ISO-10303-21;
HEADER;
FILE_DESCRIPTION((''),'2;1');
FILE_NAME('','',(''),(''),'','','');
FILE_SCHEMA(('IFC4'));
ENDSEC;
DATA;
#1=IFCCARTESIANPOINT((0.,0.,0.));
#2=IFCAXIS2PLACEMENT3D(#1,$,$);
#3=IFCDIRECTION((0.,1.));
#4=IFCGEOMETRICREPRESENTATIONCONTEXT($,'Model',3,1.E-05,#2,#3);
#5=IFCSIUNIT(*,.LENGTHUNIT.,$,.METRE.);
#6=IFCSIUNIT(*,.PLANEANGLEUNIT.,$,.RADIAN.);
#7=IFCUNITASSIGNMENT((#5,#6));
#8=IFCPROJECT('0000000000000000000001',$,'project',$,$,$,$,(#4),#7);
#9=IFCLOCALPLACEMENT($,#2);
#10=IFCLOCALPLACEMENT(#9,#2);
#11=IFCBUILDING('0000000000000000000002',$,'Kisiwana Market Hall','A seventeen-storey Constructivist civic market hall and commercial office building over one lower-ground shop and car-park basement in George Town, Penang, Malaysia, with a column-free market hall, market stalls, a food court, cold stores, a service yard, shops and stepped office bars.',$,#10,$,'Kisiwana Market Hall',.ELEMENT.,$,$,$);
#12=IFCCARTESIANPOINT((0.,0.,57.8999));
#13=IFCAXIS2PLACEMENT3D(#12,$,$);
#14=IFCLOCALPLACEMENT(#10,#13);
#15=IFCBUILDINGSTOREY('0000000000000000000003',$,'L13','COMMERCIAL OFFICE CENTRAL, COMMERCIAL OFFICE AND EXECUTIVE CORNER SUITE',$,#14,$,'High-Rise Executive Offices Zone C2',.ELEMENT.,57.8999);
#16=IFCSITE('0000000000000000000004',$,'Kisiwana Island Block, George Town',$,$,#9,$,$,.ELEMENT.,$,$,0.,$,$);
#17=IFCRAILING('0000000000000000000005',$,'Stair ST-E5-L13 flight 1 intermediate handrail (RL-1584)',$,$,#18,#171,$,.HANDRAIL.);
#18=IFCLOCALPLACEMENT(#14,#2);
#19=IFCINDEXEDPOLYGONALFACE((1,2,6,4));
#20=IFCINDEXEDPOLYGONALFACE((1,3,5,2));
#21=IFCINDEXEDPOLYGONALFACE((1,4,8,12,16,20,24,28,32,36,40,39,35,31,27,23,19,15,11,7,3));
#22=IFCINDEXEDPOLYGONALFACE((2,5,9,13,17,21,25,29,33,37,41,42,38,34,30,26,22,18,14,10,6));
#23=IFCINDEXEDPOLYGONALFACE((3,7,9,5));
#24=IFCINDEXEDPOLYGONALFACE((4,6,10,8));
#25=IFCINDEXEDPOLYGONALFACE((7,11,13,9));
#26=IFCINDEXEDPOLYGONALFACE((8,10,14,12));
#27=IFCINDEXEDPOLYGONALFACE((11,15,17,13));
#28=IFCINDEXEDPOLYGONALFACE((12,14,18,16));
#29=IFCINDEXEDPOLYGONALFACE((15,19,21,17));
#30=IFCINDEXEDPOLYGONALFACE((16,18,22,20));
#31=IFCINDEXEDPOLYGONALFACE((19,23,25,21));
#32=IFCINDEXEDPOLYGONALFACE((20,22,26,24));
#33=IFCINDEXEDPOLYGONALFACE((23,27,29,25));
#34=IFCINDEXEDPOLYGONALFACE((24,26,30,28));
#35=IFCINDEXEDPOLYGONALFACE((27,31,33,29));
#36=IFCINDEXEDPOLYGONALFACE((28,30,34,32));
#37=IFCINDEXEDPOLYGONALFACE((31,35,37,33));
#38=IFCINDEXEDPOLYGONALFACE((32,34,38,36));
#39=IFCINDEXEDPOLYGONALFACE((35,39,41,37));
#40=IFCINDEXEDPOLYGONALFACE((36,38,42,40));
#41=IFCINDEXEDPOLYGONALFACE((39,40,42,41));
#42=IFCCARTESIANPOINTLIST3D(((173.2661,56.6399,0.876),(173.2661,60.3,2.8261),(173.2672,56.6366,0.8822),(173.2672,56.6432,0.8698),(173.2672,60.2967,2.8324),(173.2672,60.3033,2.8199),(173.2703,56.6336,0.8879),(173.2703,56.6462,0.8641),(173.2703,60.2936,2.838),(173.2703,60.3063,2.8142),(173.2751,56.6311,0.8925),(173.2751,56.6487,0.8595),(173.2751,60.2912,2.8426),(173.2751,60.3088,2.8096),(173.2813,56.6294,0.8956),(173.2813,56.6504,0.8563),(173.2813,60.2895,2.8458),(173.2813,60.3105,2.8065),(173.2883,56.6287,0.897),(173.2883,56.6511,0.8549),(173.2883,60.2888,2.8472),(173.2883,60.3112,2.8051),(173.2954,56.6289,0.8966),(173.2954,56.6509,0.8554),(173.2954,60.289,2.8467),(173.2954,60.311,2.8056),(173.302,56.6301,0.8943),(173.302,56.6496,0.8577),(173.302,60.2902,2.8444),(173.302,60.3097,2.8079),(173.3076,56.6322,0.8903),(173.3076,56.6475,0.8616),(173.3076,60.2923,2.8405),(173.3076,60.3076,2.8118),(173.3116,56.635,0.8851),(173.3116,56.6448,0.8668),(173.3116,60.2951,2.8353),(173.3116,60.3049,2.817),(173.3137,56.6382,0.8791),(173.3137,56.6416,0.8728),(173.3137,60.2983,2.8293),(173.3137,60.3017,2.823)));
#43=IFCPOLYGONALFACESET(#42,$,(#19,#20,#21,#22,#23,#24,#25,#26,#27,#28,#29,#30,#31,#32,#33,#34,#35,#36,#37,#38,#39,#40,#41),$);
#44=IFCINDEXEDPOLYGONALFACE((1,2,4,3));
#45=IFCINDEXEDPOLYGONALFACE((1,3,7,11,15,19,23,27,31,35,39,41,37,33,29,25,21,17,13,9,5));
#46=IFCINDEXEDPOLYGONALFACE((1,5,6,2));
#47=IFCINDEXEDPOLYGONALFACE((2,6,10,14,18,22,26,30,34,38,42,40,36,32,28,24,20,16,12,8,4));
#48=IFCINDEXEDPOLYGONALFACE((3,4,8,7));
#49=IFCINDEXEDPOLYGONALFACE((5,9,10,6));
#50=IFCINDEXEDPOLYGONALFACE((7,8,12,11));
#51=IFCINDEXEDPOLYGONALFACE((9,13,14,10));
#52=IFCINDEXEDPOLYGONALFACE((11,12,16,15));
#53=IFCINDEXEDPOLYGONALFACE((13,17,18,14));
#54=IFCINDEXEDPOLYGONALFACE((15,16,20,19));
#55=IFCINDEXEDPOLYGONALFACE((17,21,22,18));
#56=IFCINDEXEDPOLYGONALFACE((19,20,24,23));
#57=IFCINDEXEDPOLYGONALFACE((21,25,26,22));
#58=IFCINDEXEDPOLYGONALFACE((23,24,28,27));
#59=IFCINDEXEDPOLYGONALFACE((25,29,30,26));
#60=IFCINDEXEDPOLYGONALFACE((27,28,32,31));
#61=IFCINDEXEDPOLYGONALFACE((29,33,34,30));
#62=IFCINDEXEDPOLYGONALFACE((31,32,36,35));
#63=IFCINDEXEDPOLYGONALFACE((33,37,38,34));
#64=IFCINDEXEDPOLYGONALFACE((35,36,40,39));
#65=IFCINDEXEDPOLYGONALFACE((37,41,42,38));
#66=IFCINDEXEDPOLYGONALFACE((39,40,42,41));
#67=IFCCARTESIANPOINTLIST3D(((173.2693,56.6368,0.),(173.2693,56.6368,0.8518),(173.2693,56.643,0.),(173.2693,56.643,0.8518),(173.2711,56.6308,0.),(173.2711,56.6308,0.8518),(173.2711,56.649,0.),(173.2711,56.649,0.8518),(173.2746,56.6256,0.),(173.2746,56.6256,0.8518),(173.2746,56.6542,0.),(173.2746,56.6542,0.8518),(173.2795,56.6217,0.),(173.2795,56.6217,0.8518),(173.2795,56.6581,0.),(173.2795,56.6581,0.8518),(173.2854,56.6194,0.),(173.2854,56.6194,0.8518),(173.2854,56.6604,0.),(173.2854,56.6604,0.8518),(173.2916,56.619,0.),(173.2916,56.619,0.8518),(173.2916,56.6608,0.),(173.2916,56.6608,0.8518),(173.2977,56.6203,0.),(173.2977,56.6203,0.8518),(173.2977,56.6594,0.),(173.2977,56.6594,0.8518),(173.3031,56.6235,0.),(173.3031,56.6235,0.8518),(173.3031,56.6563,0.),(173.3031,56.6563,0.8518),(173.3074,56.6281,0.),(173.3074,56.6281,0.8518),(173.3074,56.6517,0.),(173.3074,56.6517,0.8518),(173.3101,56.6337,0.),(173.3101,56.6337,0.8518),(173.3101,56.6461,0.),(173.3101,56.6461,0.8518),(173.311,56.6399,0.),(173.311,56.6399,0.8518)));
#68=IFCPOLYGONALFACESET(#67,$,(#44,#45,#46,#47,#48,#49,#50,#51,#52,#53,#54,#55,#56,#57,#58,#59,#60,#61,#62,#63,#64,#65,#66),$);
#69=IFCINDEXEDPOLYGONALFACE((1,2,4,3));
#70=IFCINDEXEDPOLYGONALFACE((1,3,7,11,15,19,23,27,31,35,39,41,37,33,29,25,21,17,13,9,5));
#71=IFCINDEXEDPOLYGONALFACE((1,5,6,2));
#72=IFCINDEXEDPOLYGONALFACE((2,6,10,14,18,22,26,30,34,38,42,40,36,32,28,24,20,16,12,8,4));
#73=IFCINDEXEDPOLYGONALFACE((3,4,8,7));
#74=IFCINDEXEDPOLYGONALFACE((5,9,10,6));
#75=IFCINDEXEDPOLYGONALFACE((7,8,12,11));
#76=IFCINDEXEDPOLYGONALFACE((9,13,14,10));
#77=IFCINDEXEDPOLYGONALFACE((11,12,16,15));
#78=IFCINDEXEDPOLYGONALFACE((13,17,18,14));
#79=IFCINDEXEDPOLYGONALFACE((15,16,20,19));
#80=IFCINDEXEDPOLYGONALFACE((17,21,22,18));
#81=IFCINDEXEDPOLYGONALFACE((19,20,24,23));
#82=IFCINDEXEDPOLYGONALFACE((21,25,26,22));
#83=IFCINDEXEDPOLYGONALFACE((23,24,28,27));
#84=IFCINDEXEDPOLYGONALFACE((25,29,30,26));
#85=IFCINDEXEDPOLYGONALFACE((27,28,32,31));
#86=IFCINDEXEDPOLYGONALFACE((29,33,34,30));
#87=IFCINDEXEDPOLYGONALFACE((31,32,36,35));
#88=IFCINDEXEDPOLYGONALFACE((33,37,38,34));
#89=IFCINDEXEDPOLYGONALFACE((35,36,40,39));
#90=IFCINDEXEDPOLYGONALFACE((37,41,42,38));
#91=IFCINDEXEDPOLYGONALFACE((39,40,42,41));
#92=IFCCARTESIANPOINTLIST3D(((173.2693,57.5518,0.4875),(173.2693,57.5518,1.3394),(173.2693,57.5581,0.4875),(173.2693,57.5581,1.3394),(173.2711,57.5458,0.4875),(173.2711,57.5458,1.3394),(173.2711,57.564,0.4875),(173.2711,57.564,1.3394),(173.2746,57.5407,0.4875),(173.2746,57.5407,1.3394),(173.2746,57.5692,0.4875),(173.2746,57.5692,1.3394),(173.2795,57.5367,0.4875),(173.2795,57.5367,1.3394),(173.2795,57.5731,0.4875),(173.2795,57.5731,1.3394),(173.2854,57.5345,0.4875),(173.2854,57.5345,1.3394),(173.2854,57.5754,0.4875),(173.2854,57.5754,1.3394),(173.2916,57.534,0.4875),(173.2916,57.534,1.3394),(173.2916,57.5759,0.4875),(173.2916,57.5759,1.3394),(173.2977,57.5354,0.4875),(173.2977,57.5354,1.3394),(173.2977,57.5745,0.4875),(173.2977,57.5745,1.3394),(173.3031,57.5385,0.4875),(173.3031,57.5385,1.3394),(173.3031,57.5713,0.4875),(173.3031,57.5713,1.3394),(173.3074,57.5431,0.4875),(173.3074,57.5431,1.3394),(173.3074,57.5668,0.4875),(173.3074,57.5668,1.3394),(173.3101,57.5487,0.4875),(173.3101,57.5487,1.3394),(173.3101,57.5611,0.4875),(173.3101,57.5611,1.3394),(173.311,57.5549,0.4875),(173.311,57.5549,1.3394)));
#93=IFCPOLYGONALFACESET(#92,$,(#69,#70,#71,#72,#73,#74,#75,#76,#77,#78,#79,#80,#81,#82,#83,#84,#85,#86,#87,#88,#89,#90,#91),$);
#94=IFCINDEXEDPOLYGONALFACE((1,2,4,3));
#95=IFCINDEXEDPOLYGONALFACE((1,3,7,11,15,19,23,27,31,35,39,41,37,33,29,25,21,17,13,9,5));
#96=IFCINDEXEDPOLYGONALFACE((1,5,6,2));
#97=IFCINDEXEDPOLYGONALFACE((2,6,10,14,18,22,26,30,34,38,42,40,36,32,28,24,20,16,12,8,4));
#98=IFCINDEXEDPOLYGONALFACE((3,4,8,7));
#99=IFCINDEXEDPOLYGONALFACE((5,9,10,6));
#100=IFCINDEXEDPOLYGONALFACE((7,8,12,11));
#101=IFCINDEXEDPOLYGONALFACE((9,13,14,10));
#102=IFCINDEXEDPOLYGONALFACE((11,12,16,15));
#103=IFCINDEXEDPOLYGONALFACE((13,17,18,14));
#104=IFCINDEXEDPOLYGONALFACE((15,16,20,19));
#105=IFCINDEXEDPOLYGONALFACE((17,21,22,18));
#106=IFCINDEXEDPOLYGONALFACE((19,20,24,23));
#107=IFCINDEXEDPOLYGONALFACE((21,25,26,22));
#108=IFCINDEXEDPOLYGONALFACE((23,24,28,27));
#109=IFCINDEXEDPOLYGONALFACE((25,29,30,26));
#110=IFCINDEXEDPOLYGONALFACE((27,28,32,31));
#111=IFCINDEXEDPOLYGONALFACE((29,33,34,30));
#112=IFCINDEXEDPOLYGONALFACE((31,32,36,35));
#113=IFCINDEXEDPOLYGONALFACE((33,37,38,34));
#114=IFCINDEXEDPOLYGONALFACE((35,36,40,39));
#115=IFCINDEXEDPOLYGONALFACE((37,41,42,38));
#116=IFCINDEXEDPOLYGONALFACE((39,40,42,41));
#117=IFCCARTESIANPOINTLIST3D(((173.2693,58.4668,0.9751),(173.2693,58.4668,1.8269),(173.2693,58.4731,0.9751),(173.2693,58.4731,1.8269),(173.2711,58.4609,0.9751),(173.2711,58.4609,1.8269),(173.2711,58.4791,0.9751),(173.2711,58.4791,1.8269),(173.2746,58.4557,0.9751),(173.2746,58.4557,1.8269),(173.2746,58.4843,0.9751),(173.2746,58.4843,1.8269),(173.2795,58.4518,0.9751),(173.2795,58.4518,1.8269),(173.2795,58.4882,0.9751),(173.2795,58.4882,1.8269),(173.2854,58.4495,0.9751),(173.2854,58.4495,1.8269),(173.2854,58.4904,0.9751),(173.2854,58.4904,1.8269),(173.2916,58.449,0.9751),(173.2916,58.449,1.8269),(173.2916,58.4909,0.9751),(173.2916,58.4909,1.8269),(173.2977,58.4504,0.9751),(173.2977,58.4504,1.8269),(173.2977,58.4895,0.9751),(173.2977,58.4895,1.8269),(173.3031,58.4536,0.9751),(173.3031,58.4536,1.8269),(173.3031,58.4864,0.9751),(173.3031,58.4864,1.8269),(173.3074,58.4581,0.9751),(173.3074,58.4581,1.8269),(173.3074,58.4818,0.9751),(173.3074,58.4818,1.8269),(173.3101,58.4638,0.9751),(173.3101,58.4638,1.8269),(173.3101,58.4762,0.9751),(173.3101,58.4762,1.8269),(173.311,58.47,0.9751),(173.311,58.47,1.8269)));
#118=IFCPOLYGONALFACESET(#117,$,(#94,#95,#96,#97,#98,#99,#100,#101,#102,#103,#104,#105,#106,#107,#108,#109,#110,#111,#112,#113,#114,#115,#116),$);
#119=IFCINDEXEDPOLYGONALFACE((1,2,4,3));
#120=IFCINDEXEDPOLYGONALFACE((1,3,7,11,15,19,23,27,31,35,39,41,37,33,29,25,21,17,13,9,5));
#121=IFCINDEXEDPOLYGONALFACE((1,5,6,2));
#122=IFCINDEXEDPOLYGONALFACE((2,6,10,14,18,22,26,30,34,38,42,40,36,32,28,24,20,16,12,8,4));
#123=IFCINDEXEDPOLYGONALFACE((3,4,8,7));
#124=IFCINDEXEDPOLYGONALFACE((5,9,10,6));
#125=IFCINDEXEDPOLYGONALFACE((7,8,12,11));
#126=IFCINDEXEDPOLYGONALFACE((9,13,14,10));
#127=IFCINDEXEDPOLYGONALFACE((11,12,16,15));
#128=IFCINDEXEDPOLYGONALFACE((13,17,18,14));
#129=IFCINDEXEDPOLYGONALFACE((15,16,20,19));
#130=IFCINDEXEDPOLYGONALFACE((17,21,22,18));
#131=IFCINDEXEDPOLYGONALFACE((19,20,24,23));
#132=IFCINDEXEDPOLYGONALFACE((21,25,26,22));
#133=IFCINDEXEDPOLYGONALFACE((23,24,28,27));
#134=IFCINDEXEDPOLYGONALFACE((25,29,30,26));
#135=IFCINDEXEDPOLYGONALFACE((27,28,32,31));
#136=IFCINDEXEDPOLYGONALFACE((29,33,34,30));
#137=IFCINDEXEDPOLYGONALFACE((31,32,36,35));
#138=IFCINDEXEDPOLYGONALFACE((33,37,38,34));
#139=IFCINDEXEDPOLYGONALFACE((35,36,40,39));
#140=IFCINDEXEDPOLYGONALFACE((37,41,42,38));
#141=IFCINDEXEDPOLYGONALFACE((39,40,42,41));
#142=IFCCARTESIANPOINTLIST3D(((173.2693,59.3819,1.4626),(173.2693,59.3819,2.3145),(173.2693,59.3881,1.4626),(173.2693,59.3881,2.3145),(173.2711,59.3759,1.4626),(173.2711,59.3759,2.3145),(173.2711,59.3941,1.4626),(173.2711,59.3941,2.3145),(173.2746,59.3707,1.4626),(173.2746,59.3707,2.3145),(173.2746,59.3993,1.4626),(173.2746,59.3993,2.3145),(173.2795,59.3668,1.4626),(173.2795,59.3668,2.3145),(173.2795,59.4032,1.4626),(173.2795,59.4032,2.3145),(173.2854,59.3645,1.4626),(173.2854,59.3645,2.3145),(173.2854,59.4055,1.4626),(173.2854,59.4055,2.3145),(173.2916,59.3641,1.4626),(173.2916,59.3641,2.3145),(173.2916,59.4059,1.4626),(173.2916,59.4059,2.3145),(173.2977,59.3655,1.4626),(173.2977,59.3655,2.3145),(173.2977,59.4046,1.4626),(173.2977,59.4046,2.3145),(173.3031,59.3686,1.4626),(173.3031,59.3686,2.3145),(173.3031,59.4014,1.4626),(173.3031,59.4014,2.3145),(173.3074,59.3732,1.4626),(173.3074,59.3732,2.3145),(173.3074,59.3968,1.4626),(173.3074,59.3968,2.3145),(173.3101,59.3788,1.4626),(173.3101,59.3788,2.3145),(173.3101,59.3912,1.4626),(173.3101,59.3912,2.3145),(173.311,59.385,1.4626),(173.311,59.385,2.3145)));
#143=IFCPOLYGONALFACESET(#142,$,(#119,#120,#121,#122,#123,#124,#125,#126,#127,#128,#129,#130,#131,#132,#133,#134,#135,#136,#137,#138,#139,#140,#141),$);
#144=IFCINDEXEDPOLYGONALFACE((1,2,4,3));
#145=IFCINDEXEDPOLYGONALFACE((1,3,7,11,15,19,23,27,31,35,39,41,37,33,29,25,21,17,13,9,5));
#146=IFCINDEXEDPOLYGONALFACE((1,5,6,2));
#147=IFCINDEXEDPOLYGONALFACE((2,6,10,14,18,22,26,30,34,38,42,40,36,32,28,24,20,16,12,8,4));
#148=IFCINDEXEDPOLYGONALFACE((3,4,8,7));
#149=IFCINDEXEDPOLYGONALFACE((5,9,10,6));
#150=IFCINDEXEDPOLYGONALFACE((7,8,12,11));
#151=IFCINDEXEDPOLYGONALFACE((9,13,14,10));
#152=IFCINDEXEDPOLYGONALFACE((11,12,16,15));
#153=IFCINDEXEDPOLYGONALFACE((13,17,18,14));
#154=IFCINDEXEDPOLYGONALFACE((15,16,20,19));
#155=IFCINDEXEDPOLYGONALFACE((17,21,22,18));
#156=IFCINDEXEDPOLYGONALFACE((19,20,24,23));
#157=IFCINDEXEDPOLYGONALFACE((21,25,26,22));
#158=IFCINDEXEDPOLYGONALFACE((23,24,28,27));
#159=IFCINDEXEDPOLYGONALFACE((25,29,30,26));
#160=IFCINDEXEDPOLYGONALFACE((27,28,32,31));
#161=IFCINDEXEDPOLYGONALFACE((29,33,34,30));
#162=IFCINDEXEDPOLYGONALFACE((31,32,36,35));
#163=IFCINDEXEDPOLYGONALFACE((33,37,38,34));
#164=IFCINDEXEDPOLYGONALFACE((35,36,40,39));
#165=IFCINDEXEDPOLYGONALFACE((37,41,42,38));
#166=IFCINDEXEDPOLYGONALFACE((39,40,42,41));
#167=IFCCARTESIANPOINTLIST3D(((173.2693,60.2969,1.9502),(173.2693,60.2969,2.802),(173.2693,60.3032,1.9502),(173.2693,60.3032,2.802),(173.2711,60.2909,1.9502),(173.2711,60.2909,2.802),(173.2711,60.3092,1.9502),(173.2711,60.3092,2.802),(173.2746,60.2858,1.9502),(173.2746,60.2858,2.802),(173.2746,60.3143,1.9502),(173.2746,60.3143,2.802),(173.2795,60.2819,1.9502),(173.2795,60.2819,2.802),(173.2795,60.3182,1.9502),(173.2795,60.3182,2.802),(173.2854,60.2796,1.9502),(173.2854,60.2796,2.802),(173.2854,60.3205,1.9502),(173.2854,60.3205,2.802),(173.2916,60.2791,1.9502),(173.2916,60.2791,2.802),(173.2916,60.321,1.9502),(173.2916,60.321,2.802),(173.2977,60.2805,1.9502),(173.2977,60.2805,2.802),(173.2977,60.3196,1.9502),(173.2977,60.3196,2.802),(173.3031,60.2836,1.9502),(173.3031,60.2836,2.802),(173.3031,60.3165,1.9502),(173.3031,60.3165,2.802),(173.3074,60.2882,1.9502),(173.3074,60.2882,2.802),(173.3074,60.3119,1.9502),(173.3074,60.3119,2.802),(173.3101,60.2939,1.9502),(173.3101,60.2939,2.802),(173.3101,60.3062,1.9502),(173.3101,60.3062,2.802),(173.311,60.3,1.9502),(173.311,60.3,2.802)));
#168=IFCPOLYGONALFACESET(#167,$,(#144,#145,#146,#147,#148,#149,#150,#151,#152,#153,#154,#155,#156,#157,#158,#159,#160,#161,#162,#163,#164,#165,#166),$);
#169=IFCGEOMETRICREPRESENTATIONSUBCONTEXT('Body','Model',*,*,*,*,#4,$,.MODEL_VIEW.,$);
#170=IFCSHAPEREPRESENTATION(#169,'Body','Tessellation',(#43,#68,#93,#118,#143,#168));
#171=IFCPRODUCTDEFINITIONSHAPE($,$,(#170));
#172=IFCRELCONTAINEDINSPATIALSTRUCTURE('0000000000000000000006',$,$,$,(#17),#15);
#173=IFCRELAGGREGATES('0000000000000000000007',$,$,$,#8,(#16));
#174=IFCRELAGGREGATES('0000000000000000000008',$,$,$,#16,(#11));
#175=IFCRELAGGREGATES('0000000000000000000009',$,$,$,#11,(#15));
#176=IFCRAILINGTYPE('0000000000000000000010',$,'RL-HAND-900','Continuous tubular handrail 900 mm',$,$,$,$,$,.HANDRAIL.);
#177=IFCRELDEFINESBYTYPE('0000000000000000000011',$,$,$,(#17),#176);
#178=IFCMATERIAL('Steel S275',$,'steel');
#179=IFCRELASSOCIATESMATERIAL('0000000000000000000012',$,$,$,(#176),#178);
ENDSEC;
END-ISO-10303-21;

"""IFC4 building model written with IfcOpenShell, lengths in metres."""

from ifc_helpers import new_model, si_unit, direction, frame, origin, origin_2d, place, context, subcontext, project, spatial, circle, extrude, material, type_object, element, save


model = new_model("IFC4")

# Units and contexts
model_context = context("Model", 3, precision=1e-05, world=origin(), true_north=direction((0.0, 1.0)))
body_context = subcontext(model_context, "Body", "Model", "MODEL_VIEW")
ifc_project = project(units=[si_unit("LENGTHUNIT", "METRE"), si_unit("PLANEANGLEUNIT", "RADIAN")], contexts=[model_context])

# Site, building, storey
site_placement = place(None, origin())
site = spatial("IfcSite", under=ifc_project, at=site_placement, Name="Kisiwana Island Block, George Town", CompositionType="ELEMENT", RefElevation=0.0)
building_placement = place(site_placement, origin())
building = spatial("IfcBuilding", under=site, at=building_placement, Name="Kisiwana Market Hall", Description="A seventeen-storey Constructivist civic market hall and commercial office building over one lower-ground shop and car-park basement in George Town, Penang, Malaysia, with a column-free market hall, market stalls, a food court, cold stores, a service yard, shops and stepped office bars.", LongName="Kisiwana Market Hall", CompositionType="ELEMENT")
storey_placement = place(building_placement, frame((0.0, 0.0, 57.8999)))
storey = spatial("IfcBuildingStorey", under=building, at=storey_placement, Name="L13", Description="COMMERCIAL OFFICE CENTRAL, COMMERCIAL OFFICE AND EXECUTIVE CORNER SUITE", LongName="High-Rise Executive Offices Zone C2", CompositionType="ELEMENT", Elevation=57.8999)

# Railing
ifc_material_1 = material(Name="Steel S275", Category="steel")
railing_type_1 = type_object("IfcRailingType", Name="RL-HAND-900", Description="Continuous tubular handrail 900 mm", PredefinedType="HANDRAIL", material=ifc_material_1)
railing_1_placement = place(storey_placement, frame((173.29, 56.6399, 0.0)))
element("IfcRailing", 1, at=railing_1_placement, inside=storey, type_object=railing_type_1, Name="Stair ST-E5-L13 flight 1 intermediate handrail (RL-1584)", PredefinedType="HANDRAIL", context=body_context, shape_type="SweptSolid", body=[
    extrude(circle(Radius=0.0239, at=origin_2d()), frame((0.0, 0.0, 0.876), z_axis=(0.0, 0.882542, 0.470234), x_axis=(-1.0, 0.0, 0.0)), (0.0, 0.0, 1.0), 4.1472),
    extrude(circle(Radius=0.021, at=origin_2d()), origin(), (0.0, 0.0, 1.0), 0.8518),
    extrude(circle(Radius=0.021, at=origin_2d()), frame((0.0, 0.915, 0.4875)), (0.0, 0.0, 1.0), 0.8518),
    extrude(circle(Radius=0.021, at=origin_2d()), frame((0.0, 1.8301, 0.9751)), (0.0, 0.0, 1.0), 0.8518),
    extrude(circle(Radius=0.021, at=origin_2d()), frame((0.0, 2.7451, 1.4626)), (0.0, 0.0, 1.0), 0.8518),
    extrude(circle(Radius=0.021, at=origin_2d()), frame((0.0, 3.6602, 1.9502)), (0.0, 0.0, 1.0), 0.8518),
])

save(model, "model.ifc")
